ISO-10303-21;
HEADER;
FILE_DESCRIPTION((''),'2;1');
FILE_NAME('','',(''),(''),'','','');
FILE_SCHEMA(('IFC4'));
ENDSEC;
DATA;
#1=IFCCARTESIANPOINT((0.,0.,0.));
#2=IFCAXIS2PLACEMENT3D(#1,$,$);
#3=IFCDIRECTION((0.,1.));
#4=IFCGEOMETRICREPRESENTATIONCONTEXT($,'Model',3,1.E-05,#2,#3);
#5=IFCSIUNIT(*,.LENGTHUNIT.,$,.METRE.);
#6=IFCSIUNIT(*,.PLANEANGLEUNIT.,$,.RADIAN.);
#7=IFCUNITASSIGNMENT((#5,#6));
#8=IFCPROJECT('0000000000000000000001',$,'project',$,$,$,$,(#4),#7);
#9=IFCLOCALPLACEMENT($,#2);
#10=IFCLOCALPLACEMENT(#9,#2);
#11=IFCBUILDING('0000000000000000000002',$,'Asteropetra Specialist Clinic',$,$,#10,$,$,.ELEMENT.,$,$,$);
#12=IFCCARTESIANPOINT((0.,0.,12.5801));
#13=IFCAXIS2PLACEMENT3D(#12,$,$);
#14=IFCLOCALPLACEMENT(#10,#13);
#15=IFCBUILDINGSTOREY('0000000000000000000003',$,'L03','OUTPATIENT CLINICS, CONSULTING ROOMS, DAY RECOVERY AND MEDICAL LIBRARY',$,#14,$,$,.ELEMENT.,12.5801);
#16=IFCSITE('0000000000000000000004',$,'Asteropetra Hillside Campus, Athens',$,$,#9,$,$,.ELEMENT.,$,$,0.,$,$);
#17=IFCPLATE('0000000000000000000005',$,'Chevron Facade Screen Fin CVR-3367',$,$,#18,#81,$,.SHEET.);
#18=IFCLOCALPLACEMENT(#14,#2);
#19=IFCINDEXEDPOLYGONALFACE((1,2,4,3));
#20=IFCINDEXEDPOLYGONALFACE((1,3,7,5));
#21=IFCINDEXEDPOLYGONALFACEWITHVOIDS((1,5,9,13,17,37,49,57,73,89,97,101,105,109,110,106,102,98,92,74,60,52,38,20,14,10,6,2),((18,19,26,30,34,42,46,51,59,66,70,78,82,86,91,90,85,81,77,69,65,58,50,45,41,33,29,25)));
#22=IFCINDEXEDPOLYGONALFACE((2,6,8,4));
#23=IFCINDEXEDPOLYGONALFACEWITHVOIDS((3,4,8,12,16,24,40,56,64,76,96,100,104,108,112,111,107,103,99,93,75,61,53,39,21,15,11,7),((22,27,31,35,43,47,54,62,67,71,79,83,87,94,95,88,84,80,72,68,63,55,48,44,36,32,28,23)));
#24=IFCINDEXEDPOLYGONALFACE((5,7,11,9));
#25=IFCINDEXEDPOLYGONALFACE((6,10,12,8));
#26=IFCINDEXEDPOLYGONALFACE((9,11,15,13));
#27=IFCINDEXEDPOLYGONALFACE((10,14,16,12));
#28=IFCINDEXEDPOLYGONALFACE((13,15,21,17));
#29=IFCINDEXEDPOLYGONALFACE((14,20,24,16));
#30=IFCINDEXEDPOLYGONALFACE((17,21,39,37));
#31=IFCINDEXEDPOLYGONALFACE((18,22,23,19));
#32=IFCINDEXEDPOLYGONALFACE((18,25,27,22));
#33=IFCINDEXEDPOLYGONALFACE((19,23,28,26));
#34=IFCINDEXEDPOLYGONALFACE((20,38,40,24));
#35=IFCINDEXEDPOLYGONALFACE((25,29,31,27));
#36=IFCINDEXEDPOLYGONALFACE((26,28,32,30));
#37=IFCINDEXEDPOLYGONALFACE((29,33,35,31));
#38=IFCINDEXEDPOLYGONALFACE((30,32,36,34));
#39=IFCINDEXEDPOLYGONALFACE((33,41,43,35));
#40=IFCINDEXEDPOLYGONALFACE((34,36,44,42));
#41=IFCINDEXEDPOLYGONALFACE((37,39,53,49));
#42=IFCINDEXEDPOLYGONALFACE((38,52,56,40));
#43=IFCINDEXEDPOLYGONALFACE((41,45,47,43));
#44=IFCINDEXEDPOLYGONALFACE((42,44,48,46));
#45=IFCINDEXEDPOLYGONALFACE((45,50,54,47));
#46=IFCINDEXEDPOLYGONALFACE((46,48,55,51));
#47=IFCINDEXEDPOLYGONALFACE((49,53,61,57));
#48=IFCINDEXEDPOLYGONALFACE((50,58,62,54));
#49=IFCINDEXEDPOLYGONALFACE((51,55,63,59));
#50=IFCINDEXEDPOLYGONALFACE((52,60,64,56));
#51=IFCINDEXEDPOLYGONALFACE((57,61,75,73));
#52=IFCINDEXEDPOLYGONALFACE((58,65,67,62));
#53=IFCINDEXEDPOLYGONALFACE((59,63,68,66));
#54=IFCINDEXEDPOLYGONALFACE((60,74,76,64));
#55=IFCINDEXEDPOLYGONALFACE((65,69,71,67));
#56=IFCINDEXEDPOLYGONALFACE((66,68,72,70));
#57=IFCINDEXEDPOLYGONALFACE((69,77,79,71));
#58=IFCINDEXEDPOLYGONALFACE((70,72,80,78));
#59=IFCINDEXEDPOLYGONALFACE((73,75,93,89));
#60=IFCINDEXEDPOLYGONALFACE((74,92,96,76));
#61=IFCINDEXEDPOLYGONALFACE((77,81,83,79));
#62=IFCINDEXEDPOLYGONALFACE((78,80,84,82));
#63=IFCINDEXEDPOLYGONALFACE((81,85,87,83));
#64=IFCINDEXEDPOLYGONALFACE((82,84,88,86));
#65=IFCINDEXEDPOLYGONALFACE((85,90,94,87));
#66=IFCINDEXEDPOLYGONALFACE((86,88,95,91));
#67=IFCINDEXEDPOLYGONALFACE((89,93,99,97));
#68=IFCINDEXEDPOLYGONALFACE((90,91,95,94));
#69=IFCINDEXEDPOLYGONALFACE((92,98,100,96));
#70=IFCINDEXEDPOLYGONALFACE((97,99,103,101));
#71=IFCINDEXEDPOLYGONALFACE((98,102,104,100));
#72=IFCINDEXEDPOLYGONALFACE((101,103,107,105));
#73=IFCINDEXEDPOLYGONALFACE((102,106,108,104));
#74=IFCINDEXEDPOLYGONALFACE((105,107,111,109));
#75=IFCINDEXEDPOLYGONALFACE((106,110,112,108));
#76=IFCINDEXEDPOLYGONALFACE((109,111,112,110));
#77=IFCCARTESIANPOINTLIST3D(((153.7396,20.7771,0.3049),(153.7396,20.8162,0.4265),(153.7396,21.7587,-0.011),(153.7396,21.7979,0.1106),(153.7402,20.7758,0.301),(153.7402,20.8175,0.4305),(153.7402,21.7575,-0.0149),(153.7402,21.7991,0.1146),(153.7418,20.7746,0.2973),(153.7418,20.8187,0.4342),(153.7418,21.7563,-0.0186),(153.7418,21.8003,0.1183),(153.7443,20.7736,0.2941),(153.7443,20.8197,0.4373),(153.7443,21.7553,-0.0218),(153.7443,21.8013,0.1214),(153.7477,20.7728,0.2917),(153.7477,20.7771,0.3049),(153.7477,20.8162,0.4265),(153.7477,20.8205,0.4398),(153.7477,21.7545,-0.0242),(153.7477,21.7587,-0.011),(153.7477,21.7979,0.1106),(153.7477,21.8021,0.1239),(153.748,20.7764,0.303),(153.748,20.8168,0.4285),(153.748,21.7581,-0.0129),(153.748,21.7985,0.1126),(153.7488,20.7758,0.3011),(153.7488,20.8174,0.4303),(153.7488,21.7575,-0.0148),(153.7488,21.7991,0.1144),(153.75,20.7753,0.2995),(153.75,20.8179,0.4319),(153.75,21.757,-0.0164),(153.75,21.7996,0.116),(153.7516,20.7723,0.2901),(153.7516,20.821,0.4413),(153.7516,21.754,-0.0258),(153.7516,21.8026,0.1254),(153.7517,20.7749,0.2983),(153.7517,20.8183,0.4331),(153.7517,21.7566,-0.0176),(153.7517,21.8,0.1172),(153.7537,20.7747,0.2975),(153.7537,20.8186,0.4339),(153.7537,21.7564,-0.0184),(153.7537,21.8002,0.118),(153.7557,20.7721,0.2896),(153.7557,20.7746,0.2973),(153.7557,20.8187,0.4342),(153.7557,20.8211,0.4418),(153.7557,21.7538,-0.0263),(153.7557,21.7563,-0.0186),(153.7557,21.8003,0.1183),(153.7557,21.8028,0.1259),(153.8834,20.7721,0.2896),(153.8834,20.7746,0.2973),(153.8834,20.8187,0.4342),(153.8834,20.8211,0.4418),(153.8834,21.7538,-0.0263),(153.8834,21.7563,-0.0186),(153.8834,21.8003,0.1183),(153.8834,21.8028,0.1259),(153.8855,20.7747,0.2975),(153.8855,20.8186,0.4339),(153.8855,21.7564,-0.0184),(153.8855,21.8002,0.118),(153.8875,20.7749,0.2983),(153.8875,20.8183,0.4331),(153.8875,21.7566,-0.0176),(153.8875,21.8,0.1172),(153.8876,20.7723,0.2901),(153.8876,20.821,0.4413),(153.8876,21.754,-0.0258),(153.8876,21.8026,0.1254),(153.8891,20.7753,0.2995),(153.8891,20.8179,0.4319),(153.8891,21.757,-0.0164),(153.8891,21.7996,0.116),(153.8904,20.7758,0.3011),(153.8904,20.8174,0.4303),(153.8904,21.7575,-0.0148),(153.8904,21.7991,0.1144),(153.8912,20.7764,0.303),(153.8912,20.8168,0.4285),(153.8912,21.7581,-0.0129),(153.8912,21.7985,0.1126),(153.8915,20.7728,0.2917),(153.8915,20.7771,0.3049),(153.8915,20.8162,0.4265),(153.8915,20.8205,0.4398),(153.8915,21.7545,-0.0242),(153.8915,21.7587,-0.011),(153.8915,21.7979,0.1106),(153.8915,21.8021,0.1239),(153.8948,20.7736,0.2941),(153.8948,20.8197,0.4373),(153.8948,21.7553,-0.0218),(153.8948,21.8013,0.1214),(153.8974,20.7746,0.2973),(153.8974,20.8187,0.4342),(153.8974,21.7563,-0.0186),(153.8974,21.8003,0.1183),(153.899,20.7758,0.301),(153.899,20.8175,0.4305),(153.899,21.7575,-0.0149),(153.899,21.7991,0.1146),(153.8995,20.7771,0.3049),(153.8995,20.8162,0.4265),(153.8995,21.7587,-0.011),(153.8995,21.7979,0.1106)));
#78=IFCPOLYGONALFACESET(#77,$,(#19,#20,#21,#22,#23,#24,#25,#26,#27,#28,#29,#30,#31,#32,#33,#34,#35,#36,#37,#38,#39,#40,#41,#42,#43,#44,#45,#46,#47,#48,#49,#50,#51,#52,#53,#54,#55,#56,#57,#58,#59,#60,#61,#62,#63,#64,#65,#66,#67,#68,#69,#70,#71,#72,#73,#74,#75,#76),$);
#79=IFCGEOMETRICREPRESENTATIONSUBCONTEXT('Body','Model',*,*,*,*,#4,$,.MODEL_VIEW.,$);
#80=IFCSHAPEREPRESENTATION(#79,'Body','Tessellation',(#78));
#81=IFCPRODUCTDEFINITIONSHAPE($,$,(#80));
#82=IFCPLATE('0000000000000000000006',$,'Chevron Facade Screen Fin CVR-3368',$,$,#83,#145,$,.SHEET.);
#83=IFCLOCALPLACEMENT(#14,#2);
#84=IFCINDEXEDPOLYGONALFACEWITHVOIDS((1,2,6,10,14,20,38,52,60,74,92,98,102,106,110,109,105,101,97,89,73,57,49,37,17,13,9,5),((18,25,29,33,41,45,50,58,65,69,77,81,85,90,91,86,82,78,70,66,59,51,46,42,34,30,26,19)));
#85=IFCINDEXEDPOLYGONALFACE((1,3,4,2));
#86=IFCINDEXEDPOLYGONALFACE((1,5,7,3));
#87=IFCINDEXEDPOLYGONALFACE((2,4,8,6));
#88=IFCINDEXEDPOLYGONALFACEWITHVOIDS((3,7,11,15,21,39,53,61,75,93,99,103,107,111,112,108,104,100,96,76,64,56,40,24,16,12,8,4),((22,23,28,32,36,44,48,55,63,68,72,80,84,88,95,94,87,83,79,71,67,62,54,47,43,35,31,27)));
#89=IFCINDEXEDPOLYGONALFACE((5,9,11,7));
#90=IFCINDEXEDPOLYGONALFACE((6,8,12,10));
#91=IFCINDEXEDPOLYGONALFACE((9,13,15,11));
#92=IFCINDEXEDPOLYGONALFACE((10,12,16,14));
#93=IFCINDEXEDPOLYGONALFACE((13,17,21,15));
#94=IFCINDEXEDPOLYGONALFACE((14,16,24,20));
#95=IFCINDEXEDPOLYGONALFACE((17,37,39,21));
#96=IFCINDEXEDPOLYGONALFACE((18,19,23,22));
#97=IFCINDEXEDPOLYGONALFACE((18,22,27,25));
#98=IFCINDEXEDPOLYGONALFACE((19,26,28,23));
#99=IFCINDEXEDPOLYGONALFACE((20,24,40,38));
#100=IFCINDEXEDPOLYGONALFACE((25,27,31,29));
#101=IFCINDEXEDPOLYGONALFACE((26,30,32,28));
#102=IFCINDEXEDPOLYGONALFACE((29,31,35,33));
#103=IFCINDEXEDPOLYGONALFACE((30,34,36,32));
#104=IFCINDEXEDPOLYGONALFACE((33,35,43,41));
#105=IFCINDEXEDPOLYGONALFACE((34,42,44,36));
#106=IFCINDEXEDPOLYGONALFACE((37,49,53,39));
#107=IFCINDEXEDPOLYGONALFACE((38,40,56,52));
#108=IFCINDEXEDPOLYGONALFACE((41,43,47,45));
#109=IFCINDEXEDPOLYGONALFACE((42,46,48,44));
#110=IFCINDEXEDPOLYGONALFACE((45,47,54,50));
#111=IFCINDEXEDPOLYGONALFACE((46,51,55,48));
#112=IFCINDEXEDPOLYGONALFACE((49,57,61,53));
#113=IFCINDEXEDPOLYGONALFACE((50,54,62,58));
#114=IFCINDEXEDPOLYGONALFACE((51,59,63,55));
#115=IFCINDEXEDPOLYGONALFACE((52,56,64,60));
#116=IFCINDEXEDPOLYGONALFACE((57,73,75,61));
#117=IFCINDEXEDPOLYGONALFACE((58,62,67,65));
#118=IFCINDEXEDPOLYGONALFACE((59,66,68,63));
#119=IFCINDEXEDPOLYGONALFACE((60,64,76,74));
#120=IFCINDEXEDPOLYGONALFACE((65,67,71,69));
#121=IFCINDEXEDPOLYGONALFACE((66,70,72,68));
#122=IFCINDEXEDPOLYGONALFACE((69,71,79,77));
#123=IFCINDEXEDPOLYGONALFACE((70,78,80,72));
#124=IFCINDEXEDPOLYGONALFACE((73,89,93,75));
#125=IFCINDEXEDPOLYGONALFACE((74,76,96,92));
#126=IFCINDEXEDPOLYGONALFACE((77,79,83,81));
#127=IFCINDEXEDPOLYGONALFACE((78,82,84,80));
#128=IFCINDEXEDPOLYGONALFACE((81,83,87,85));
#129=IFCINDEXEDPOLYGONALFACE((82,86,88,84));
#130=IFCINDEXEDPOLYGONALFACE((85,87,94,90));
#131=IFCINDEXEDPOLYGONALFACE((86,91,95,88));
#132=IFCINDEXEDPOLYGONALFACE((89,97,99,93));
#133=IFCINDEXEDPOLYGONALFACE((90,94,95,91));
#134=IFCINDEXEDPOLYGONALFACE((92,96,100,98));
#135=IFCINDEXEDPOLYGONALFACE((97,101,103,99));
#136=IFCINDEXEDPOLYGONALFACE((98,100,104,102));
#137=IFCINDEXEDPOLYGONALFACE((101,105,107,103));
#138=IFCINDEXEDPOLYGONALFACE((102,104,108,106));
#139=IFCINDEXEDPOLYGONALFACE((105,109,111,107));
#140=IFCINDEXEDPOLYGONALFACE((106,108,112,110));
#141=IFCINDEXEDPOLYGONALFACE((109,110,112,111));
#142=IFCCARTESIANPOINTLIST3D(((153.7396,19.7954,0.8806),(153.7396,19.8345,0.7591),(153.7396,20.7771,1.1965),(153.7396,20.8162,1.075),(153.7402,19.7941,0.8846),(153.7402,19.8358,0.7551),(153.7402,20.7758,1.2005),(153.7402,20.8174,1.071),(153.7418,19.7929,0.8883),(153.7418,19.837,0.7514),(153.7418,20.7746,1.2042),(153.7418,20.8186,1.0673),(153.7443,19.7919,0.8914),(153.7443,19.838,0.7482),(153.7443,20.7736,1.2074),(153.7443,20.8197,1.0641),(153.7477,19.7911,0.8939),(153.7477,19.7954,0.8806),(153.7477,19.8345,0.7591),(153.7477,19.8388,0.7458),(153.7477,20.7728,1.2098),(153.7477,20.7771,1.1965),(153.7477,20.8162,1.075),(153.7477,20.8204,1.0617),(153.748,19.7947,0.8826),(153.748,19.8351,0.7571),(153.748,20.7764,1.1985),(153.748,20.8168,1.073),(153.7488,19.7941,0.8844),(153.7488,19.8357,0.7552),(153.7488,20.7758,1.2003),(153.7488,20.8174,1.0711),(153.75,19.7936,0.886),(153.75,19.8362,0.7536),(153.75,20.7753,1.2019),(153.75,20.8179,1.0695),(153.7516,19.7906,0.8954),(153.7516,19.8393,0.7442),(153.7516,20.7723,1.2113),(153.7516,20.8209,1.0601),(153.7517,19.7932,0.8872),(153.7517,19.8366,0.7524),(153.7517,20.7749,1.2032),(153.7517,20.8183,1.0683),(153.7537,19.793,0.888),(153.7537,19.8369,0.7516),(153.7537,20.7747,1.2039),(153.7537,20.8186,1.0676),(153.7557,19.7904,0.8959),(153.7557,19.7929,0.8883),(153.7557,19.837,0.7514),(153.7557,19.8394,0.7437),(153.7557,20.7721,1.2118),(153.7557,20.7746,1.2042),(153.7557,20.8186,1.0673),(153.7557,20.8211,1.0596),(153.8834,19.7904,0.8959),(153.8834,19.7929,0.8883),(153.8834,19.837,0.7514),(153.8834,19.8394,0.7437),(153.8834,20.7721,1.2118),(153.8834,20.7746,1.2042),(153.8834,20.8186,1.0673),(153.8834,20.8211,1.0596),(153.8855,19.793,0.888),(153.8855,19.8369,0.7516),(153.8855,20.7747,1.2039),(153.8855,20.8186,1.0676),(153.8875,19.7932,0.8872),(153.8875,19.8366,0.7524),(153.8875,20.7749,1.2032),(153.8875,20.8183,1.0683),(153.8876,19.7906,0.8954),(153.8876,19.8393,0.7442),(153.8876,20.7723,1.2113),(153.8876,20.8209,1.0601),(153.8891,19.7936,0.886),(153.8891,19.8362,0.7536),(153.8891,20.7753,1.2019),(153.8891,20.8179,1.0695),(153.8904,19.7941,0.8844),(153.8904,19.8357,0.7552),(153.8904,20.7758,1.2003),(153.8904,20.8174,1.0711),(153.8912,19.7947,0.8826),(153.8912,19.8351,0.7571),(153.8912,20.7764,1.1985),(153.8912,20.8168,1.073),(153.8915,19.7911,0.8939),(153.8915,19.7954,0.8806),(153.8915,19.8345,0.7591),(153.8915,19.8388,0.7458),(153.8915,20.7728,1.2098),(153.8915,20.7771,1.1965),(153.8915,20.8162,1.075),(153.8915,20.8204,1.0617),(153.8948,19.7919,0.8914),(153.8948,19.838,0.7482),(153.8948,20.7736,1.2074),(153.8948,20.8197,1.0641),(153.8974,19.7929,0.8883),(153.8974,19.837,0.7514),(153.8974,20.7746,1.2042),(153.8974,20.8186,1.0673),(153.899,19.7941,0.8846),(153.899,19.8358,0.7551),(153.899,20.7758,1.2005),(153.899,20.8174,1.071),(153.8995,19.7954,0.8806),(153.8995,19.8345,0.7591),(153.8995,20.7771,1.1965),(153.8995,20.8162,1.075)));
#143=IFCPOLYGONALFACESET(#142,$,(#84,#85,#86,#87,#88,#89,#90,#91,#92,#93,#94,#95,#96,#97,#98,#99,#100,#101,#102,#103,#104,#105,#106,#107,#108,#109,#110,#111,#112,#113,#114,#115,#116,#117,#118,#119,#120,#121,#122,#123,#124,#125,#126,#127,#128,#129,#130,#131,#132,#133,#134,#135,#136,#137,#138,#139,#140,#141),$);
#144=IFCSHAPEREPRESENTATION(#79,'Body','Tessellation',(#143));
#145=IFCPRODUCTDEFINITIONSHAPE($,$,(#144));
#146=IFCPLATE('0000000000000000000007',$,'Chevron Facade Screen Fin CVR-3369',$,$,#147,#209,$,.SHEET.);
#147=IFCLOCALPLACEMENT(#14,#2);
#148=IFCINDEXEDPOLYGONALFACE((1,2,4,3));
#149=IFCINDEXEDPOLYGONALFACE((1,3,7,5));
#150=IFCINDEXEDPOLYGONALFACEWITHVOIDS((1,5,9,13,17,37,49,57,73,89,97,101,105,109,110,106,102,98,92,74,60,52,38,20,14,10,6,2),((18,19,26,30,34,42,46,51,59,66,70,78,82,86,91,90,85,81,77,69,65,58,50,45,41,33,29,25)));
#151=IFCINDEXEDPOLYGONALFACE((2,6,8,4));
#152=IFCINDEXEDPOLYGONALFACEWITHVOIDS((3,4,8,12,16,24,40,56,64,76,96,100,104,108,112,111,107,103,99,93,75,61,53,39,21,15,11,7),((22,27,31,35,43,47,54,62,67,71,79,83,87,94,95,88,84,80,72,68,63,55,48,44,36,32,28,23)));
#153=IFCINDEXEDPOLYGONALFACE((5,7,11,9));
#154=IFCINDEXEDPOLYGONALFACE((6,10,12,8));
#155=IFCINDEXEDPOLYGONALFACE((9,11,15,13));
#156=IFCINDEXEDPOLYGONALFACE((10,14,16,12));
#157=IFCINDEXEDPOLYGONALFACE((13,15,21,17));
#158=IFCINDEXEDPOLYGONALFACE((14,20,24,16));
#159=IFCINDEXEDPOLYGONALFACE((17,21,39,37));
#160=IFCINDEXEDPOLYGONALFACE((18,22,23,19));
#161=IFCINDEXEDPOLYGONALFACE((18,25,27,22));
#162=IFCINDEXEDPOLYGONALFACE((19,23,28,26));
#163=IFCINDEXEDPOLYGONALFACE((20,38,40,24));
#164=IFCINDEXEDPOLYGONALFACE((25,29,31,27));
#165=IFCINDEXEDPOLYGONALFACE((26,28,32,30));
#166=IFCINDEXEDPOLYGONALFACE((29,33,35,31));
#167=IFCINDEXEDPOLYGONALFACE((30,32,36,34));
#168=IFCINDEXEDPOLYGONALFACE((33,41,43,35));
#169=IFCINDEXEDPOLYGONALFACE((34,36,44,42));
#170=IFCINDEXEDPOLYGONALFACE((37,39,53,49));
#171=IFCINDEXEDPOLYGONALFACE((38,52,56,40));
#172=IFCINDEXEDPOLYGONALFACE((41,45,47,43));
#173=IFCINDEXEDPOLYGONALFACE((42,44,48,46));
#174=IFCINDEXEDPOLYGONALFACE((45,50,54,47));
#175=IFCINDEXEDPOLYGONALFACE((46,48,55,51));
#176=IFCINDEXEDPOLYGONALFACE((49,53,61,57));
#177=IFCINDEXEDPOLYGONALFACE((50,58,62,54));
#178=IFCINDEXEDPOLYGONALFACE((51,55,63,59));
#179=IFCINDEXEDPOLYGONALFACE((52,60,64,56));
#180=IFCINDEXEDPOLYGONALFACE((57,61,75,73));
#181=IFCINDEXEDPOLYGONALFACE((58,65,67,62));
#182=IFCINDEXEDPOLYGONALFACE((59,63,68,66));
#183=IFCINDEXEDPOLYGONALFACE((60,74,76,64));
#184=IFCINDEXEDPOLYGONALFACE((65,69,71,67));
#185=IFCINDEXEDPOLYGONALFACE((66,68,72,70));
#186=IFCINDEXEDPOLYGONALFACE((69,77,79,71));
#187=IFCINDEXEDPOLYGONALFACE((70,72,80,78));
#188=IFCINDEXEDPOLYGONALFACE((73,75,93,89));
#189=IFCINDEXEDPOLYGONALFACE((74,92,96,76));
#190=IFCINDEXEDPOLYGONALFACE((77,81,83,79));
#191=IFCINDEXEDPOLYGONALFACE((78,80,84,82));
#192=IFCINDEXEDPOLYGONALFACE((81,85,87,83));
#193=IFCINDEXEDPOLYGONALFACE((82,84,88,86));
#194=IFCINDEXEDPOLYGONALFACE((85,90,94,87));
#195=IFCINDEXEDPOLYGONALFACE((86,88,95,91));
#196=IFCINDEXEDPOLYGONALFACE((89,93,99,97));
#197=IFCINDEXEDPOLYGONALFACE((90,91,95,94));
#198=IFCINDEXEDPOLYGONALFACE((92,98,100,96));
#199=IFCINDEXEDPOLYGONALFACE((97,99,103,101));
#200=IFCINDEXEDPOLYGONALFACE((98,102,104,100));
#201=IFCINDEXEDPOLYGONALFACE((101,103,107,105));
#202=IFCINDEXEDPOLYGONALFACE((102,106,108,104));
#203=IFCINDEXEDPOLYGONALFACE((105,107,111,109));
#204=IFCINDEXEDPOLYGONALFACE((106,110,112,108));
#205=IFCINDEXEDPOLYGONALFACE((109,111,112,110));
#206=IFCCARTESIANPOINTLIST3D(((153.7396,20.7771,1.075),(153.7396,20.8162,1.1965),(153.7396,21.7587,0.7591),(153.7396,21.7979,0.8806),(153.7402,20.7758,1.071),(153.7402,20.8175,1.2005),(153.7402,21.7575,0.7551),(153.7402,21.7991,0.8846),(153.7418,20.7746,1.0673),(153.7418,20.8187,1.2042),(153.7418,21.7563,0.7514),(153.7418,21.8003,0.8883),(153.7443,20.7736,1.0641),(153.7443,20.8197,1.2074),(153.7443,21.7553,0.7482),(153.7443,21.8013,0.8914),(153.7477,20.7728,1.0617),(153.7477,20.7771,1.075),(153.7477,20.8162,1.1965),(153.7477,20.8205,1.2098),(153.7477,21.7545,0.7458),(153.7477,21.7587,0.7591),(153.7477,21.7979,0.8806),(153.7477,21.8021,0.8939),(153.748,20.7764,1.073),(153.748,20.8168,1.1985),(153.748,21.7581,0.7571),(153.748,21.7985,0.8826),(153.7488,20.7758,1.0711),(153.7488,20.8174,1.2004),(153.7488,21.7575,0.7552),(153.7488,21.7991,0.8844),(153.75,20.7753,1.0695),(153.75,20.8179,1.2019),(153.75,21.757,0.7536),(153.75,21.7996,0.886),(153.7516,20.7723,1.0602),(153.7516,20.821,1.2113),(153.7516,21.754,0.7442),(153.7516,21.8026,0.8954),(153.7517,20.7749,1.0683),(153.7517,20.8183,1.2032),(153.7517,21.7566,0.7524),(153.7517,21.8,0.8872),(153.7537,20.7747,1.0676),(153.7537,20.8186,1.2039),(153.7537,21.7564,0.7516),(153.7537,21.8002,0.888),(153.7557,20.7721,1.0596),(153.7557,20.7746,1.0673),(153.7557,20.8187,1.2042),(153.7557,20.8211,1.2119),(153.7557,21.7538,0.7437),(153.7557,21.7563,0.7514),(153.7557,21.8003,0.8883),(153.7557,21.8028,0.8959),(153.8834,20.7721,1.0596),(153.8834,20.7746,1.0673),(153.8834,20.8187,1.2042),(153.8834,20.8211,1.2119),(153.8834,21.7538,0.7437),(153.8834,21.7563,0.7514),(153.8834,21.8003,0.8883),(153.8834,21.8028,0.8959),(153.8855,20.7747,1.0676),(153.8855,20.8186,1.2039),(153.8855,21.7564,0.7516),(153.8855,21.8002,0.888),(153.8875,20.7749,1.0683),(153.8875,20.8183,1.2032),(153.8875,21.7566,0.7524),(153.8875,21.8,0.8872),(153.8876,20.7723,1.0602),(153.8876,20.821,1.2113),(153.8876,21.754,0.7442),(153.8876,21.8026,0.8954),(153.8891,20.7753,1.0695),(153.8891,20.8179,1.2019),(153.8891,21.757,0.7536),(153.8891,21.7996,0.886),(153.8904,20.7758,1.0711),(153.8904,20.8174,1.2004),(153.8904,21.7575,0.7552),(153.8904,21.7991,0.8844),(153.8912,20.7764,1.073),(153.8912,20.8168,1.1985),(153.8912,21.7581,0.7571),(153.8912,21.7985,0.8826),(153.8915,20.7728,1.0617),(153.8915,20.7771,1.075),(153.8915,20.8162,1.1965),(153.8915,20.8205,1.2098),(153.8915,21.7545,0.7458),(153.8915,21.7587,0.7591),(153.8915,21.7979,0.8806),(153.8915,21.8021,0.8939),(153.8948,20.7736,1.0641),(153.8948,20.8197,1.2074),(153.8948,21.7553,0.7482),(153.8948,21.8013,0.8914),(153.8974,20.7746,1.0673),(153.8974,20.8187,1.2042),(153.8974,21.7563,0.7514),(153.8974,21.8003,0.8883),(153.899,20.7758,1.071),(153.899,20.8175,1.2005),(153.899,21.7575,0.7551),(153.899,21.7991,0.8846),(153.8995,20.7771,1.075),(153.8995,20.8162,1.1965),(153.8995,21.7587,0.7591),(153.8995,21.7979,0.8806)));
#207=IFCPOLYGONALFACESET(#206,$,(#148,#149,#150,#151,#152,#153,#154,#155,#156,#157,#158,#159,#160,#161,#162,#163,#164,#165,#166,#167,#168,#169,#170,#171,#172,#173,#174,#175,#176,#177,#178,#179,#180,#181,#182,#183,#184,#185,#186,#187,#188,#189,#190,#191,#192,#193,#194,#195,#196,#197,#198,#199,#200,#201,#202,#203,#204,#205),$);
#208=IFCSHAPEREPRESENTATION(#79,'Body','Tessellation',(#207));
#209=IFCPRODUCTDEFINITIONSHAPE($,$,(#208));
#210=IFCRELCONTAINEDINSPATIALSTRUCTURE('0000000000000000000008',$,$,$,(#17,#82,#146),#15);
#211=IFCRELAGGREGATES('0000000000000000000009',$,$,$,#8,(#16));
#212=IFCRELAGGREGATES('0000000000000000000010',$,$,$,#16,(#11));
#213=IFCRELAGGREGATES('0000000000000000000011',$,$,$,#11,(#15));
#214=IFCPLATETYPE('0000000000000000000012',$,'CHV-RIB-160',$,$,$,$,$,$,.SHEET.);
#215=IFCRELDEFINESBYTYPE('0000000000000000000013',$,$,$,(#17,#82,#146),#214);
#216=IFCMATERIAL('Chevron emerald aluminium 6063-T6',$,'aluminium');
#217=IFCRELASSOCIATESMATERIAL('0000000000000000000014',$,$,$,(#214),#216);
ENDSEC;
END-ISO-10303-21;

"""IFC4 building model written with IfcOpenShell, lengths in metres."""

from ifc_helpers import new_model, si_unit, direction, frame, origin, origin_2d, place, context, subcontext, project, spatial, hollow_rectangle, extrude, material, material_profile, profile_set, type_object, element, save


model = new_model("IFC4")

# Units and contexts
model_context = context("Model", 3, precision=1e-05, world=origin(), true_north=direction((0.0, 1.0)))
body_context = subcontext(model_context, "Body", "Model", "MODEL_VIEW")
ifc_project = project(units=[si_unit("LENGTHUNIT", "METRE"), si_unit("PLANEANGLEUNIT", "RADIAN")], contexts=[model_context])

# Site, building, storey
site_placement = place(None, origin())
site = spatial("IfcSite", under=ifc_project, at=site_placement, Name="Asteropetra Hillside Campus, Athens", CompositionType="ELEMENT", RefElevation=0.0)
building_placement = place(site_placement, origin())
building = spatial("IfcBuilding", under=site, at=building_placement, Name="Asteropetra Specialist Clinic", CompositionType="ELEMENT")
storey_placement = place(building_placement, frame((0.0, 0.0, 12.5801)))
storey = spatial("IfcBuildingStorey", under=building, at=storey_placement, Name="L03", Description="OUTPATIENT CLINICS, CONSULTING ROOMS, DAY RECOVERY AND MEDICAL LIBRARY", CompositionType="ELEMENT", Elevation=12.5801)

# Plates
ifc_material_1 = material(Name="Chevron emerald aluminium 6063-T6", Category="aluminium")
ifc_material_profile = material_profile(ifc_material_1, hollow_rectangle(XDim=0.1599, YDim=0.1599, WallThickness=0.0081, InnerFilletRadius=0.0081, OuterFilletRadius=0.0161, at=origin_2d()), Name="SHS 160x160x8.0")
ifc_profile_set = profile_set([ifc_material_profile], Name="Chevron emerald aluminium 6063-T6")
plate_type_1 = type_object("IfcPlateType", Name="CHV-RIB-160", PredefinedType="SHEET", material=ifc_profile_set)
for number, where, z_axis, x_axis, name in (
    (1, (153.8196, 20.7966, 0.3657), (0.0, 0.951923, -0.306339), (-1.0, 0.0, 0.0), "Chevron Facade Screen Fin CVR-3367"),
    (2, (153.8196, 19.8149, 0.8198), (0.0, 0.951923, 0.306339), (-1.0, 0.0, 0.0), "Chevron Facade Screen Fin CVR-3368"),
    (3, (153.8196, 20.7966, 1.1357), (0.0, 0.951923, -0.306339), (-1.0, 0.0, 0.0), "Chevron Facade Screen Fin CVR-3369"),
):
    element("IfcPlate", number, at=place(storey_placement, frame(where, z_axis=z_axis, x_axis=x_axis)), inside=storey, type_object=plate_type_1, Name=name, PredefinedType="SHEET", context=body_context, shape_type="SweptSolid", body=[
        extrude(hollow_rectangle(XDim=0.1599, YDim=0.1599, WallThickness=0.0081, InnerFilletRadius=0.0081, OuterFilletRadius=0.0161, at=origin_2d()), origin(), (0.0, 0.0, 1.0), 1.0312),
    ])

save(model, "model.ifc")
